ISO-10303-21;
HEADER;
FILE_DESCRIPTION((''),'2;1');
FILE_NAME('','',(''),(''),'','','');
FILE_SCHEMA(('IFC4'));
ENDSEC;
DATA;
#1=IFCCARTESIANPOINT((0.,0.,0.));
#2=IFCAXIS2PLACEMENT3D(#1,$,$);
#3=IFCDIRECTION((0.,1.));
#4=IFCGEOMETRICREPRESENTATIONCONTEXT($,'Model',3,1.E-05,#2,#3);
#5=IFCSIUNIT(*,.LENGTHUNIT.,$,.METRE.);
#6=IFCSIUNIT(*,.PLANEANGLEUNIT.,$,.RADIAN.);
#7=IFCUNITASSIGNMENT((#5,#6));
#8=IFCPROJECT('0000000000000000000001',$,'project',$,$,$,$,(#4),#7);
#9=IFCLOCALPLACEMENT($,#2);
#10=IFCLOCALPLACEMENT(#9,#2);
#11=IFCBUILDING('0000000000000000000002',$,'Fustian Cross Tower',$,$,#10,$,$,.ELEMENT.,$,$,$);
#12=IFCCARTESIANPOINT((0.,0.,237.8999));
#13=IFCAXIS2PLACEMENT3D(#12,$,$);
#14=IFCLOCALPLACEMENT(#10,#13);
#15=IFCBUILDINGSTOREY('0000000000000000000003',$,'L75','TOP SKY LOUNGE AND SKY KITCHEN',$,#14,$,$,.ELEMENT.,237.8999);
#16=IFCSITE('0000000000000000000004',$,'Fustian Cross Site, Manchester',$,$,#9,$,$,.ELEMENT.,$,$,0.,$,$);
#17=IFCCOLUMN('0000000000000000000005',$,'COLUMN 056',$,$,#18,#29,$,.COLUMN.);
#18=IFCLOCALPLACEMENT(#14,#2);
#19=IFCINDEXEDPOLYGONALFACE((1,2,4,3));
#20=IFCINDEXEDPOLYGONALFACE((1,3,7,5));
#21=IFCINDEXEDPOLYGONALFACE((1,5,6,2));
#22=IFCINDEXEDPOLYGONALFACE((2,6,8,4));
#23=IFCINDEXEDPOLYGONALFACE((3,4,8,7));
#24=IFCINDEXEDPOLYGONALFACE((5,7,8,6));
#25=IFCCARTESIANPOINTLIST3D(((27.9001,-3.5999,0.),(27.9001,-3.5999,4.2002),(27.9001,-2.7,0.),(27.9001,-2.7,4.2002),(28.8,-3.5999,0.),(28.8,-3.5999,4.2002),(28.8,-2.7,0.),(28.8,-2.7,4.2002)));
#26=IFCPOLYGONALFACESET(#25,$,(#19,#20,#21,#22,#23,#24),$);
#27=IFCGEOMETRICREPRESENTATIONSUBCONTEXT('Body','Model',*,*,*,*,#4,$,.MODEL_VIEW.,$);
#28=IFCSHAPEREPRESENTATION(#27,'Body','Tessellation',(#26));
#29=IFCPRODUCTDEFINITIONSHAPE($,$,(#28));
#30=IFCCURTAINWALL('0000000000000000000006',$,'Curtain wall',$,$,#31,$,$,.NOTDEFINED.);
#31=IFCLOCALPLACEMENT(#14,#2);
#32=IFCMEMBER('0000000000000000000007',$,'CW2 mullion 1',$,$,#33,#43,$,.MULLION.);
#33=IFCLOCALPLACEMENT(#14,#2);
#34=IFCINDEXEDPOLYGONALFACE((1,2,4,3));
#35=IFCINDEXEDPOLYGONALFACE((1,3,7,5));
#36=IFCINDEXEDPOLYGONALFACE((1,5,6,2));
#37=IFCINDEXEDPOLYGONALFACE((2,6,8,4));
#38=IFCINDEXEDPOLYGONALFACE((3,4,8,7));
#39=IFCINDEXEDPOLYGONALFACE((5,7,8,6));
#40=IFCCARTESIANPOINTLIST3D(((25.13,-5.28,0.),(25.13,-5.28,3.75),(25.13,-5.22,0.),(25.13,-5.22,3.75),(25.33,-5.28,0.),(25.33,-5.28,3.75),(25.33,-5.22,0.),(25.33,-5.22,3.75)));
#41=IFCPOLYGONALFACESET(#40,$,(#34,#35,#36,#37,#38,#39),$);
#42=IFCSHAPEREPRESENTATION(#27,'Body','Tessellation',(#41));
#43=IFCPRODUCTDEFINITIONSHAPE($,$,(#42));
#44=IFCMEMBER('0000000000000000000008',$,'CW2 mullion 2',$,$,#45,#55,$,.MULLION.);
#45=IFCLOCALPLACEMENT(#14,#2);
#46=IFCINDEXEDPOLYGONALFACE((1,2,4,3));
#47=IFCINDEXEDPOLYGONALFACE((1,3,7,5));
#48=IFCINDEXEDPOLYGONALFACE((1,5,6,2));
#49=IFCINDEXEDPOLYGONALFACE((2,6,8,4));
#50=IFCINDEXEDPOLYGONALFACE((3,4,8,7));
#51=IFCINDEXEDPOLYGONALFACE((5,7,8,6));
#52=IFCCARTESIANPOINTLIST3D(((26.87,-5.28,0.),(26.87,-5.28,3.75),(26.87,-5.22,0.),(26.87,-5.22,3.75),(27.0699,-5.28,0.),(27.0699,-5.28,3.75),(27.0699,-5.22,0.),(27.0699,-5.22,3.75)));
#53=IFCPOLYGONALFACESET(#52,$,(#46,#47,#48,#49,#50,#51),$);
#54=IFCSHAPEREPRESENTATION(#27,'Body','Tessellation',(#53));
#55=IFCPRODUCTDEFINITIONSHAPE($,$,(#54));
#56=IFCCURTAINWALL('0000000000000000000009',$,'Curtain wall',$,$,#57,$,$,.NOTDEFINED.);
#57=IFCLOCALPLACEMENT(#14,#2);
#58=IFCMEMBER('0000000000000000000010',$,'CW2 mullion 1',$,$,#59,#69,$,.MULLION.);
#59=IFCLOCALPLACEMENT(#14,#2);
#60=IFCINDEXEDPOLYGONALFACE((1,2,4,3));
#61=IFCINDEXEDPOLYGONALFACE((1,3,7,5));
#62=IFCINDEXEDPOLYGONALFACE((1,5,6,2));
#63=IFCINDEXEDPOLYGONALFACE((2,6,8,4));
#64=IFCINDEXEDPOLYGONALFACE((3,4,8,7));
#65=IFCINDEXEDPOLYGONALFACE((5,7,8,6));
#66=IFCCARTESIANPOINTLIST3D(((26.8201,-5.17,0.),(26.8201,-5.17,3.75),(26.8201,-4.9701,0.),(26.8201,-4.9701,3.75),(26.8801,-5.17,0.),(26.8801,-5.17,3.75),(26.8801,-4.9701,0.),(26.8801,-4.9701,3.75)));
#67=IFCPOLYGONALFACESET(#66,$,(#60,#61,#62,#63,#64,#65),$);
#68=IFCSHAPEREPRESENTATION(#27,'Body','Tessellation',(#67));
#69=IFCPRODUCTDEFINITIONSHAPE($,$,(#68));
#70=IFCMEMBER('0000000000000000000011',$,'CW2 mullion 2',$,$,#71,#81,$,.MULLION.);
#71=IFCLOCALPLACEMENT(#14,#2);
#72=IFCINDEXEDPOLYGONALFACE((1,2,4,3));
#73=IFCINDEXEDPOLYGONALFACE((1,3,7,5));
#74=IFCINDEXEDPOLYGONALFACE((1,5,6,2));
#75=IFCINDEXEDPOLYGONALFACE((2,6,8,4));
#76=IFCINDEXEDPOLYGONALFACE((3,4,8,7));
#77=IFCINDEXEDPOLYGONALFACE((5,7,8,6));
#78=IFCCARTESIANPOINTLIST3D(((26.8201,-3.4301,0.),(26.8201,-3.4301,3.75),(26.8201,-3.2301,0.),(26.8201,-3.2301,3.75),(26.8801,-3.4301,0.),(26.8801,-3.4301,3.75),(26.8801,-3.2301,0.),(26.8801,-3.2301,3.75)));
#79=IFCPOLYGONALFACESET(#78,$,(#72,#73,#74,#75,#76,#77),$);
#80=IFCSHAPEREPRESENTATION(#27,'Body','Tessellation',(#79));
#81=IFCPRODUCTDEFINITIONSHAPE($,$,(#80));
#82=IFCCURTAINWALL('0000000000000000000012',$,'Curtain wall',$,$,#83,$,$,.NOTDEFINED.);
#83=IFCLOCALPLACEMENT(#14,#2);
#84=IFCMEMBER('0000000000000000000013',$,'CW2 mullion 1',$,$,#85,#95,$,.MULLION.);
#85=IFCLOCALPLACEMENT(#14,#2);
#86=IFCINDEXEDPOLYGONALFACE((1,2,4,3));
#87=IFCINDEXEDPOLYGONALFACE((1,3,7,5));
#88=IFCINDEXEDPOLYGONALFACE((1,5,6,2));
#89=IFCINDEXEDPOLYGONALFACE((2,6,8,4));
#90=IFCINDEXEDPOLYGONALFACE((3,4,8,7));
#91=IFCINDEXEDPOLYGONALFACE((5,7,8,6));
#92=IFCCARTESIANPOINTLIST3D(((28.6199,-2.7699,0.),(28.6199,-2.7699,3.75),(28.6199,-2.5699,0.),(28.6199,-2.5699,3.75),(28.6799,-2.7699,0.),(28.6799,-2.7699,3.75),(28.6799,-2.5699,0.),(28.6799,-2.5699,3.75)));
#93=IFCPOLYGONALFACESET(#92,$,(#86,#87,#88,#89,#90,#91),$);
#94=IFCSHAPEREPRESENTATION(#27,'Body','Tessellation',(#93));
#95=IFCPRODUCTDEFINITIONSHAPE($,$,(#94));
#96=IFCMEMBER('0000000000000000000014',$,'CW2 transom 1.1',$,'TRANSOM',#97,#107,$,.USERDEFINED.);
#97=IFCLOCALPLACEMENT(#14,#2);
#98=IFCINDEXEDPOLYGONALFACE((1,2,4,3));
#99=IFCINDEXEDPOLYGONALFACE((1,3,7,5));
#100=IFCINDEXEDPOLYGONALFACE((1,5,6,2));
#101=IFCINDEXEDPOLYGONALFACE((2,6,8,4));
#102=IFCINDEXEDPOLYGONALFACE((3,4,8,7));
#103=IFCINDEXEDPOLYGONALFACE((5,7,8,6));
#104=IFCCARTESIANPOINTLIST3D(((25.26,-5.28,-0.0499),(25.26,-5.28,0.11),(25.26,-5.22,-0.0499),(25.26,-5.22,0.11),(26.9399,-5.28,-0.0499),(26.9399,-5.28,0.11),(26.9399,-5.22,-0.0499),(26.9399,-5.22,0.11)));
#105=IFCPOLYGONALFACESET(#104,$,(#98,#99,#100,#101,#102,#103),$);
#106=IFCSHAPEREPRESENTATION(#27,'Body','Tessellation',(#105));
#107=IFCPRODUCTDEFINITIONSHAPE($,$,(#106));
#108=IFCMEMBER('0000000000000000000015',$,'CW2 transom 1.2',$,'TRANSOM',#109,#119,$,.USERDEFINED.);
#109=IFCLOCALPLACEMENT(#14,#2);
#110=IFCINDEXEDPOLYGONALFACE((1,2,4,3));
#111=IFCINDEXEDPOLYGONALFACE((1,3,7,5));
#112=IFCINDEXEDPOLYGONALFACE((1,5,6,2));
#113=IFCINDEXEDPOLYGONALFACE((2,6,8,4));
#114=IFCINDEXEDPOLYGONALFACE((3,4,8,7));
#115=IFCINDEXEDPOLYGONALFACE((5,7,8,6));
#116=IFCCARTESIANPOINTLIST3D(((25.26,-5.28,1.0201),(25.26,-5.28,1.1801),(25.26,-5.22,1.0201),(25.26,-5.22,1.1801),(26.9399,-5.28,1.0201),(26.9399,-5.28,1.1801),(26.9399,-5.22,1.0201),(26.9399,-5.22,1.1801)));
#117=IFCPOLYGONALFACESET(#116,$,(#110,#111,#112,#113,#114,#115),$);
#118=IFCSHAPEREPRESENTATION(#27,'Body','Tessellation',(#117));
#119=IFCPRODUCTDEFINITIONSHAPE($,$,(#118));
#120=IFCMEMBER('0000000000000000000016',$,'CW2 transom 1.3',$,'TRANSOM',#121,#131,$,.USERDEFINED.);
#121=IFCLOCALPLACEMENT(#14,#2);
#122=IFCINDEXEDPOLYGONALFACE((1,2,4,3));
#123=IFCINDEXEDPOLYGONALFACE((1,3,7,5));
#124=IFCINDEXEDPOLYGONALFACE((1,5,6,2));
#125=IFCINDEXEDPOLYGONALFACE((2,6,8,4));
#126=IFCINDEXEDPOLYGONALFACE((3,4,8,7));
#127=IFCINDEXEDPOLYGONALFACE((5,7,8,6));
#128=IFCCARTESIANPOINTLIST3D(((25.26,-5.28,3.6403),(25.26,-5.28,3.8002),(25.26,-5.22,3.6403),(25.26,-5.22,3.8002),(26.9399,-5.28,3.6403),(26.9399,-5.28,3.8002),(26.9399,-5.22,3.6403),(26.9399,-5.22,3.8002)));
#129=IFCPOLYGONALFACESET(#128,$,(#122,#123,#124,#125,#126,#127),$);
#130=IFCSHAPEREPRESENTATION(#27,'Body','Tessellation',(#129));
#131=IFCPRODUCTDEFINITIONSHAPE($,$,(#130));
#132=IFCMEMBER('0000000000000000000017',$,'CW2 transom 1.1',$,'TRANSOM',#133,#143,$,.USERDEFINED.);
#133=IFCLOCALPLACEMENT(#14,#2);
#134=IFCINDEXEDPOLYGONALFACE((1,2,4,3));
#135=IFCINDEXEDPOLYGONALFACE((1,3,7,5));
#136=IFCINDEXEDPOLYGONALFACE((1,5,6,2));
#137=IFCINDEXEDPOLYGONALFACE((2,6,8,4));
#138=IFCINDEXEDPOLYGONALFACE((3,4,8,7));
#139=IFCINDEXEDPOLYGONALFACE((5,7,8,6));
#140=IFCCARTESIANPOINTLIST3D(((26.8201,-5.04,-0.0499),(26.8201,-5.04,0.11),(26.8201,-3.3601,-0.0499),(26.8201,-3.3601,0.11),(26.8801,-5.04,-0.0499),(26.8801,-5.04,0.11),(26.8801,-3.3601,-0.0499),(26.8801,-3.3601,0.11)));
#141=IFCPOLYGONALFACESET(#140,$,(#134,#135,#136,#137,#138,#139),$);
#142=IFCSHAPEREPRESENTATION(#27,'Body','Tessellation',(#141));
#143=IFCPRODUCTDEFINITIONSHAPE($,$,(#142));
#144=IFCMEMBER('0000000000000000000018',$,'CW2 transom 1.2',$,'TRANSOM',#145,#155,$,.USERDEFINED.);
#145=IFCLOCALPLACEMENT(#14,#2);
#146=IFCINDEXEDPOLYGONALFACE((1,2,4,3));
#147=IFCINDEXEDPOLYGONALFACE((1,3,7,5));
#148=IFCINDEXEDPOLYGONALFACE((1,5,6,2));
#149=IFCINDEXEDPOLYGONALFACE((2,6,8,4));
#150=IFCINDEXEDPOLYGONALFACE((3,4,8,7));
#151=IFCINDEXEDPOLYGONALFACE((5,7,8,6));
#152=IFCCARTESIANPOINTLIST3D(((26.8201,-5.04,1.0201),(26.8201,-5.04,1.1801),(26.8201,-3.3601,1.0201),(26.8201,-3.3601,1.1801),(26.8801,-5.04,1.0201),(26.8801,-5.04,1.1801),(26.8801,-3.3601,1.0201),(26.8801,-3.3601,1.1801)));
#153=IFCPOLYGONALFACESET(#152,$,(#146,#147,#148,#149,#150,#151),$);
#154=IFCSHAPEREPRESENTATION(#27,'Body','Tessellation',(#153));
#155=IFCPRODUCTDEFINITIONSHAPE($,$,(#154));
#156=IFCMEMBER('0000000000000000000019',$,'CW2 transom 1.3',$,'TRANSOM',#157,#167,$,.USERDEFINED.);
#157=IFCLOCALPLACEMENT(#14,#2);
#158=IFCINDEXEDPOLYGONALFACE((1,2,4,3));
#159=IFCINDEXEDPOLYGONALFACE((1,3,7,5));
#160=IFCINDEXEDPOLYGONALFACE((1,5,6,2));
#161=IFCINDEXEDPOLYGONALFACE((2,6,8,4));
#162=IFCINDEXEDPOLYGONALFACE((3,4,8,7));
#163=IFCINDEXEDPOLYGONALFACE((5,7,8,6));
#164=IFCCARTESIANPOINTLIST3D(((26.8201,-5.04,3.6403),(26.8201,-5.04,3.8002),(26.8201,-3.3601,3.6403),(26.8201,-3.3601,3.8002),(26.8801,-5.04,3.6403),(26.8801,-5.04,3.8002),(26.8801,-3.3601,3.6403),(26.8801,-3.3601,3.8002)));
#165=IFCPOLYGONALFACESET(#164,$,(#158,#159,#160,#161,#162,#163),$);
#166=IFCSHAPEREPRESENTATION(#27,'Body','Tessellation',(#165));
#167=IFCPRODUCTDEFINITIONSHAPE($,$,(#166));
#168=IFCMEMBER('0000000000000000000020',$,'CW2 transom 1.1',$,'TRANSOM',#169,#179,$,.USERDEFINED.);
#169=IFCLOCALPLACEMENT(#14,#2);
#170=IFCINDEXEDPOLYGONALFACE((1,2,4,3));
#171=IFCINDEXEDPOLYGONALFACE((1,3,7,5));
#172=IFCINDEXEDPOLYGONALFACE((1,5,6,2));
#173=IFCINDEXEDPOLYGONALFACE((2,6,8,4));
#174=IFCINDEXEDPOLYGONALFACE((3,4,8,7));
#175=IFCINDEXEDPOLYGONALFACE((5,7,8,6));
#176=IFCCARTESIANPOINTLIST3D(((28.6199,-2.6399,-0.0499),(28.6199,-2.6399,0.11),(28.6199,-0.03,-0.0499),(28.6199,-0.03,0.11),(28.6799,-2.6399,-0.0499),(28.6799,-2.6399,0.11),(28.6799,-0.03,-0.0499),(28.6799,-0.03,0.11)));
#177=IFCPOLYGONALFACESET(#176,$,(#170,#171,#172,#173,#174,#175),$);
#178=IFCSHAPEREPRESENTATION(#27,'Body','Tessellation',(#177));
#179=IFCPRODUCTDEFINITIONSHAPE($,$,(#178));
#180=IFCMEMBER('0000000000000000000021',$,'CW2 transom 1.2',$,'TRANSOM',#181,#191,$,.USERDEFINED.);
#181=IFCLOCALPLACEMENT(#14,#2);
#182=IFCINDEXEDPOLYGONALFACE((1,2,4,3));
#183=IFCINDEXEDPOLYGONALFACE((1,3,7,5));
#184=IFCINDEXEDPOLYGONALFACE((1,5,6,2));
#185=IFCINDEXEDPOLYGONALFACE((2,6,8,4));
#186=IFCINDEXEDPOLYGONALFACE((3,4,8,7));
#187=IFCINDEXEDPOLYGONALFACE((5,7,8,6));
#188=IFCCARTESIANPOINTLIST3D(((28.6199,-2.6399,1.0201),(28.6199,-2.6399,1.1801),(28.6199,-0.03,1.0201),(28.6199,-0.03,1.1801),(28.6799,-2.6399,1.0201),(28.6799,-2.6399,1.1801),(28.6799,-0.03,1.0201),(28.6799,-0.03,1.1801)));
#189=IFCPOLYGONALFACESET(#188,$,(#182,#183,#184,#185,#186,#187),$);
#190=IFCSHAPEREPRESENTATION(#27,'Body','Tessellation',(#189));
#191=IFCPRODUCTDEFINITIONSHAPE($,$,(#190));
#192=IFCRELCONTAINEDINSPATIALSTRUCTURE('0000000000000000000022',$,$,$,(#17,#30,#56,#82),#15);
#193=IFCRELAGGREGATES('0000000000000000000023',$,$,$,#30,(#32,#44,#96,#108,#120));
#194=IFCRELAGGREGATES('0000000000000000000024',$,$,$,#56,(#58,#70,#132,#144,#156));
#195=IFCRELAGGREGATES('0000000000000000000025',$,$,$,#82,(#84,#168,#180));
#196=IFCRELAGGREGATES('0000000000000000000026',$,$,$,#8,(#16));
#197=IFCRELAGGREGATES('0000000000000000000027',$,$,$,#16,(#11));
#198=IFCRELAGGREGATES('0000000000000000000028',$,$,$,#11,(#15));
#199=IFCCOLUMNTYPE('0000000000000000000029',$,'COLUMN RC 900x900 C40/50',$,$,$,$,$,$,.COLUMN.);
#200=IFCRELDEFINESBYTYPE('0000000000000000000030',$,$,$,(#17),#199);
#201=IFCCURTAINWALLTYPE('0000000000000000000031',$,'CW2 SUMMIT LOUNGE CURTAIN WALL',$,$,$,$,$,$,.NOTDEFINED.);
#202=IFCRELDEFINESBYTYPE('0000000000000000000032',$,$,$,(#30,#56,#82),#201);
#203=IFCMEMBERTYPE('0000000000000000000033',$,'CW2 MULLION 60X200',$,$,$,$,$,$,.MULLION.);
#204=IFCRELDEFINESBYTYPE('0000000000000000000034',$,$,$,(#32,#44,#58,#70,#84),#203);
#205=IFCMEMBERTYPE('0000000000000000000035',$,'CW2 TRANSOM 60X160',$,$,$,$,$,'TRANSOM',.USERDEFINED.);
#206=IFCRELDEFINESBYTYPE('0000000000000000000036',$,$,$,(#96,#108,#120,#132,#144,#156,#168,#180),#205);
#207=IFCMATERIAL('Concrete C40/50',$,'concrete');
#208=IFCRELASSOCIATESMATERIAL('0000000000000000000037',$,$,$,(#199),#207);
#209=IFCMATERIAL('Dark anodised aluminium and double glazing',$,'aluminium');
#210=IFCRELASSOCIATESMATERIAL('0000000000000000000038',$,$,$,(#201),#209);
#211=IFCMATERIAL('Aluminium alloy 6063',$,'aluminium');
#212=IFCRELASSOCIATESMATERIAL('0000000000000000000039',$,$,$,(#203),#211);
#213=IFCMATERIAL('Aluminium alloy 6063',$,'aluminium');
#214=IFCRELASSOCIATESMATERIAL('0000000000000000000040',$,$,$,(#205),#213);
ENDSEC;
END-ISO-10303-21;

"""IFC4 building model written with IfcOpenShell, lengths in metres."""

from ifc_helpers import new_model, si_unit, direction, frame, origin, origin_2d, place, context, subcontext, project, spatial, rectangle, extrude, material, material_profile, profile_set, type_object, element, aggregate, save


model = new_model("IFC4")

# Units and contexts
model_context = context("Model", 3, precision=1e-05, world=origin(), true_north=direction((0.0, 1.0)))
body_context = subcontext(model_context, "Body", "Model", "MODEL_VIEW")
ifc_project = project(units=[si_unit("LENGTHUNIT", "METRE"), si_unit("PLANEANGLEUNIT", "RADIAN")], contexts=[model_context])

# Site, building, storey
site_placement = place(None, origin())
site = spatial("IfcSite", under=ifc_project, at=site_placement, Name="Fustian Cross Site, Manchester", CompositionType="ELEMENT", RefElevation=0.0)
building_placement = place(site_placement, origin())
building = spatial("IfcBuilding", under=site, at=building_placement, Name="Fustian Cross Tower", CompositionType="ELEMENT")
storey_placement = place(building_placement, frame((0.0, 0.0, 237.8999)))
storey = spatial("IfcBuildingStorey", under=building, at=storey_placement, Name="L75", Description="TOP SKY LOUNGE AND SKY KITCHEN", CompositionType="ELEMENT", Elevation=237.8999)

# Column
ifc_material_1 = material(Name="Concrete C40/50", Category="concrete")
ifc_material_profile_1 = material_profile(ifc_material_1, rectangle(XDim=0.8999, YDim=0.8999, at=origin_2d()), Name="RC 900x900")
ifc_profile_set_1 = profile_set([ifc_material_profile_1], Name="Concrete C40/50")
column_type = type_object("IfcColumnType", Name="COLUMN RC 900x900 C40/50", PredefinedType="COLUMN", material=ifc_profile_set_1)
column_placement = place(storey_placement, frame((28.3501, -3.1499, 0.0), z_axis=(0.0, 0.0, 1.0), x_axis=(1.0, 0.0, 0.0)))
element("IfcColumn", 1, at=column_placement, inside=storey, type_object=column_type, Name="COLUMN 056", PredefinedType="COLUMN", context=body_context, shape_type="SweptSolid", body=[
    extrude(rectangle(XDim=0.8999, YDim=0.8999, at=origin_2d()), origin(), (0.0, 0.0, 1.0), 4.2002),
])

# Curtain walls, members
ifc_material_2 = material(Name="Dark anodised aluminium and double glazing", Category="aluminium")
curtain_wall_type = type_object("IfcCurtainWallType", Name="CW2 SUMMIT LOUNGE CURTAIN WALL", PredefinedType="NOTDEFINED", material=ifc_material_2)
curtain_wall_1_placement = place(storey_placement, origin())
curtain_wall_1 = element("IfcCurtainWall", 2, at=curtain_wall_1_placement, inside=storey, type_object=curtain_wall_type, Name="Curtain wall", PredefinedType="NOTDEFINED")
ifc_material_3 = material(Name="Aluminium alloy 6063", Category="aluminium")
ifc_material_profile_2 = material_profile(ifc_material_3, rectangle(XDim=0.0601, YDim=0.2, at=origin_2d()), Name="CW2 MULLION 60X200")
ifc_profile_set_2 = profile_set([ifc_material_profile_2], Name="Aluminium alloy 6063")
member_type_1 = type_object("IfcMemberType", Name="CW2 MULLION 60X200", PredefinedType="MULLION", material=ifc_profile_set_2)
member_1_placement = place(storey_placement, frame((25.23, -5.25, 0.0), z_axis=(0.0, 0.0, 1.0), x_axis=(0.0, 1.0, 0.0)))
member_1 = element("IfcMember", 3, at=member_1_placement, type_object=member_type_1, Name="CW2 mullion 1", PredefinedType="MULLION", context=body_context, shape_type="SweptSolid", body=[
    extrude(rectangle(XDim=0.0601, YDim=0.2, at=origin_2d()), origin(), (0.0, 0.0, 1.0), 3.75),
])
member_2_placement = place(storey_placement, frame((26.97, -5.25, 0.0), z_axis=(0.0, 0.0, 1.0), x_axis=(0.0, 1.0, 0.0)))
member_2 = element("IfcMember", 4, at=member_2_placement, type_object=member_type_1, Name="CW2 mullion 2", PredefinedType="MULLION", context=body_context, shape_type="SweptSolid", body=[
    extrude(rectangle(XDim=0.0601, YDim=0.2, at=origin_2d()), origin(), (0.0, 0.0, 1.0), 3.75),
])
curtain_wall_2_placement = place(storey_placement, origin())
curtain_wall_2 = element("IfcCurtainWall", 5, at=curtain_wall_2_placement, inside=storey, type_object=curtain_wall_type, Name="Curtain wall", PredefinedType="NOTDEFINED")
member_3_placement = place(storey_placement, frame((26.8501, -5.0701, 0.0), z_axis=(0.0, 0.0, 1.0), x_axis=(-1.0, 0.0, 0.0)))
member_3 = element("IfcMember", 6, at=member_3_placement, type_object=member_type_1, Name="CW2 mullion 1", PredefinedType="MULLION", context=body_context, shape_type="SweptSolid", body=[
    extrude(rectangle(XDim=0.0601, YDim=0.2, at=origin_2d()), origin(), (0.0, 0.0, 1.0), 3.75),
])
member_4_placement = place(storey_placement, frame((26.8501, -3.3301, 0.0), z_axis=(0.0, 0.0, 1.0), x_axis=(-1.0, 0.0, 0.0)))
member_4 = element("IfcMember", 7, at=member_4_placement, type_object=member_type_1, Name="CW2 mullion 2", PredefinedType="MULLION", context=body_context, shape_type="SweptSolid", body=[
    extrude(rectangle(XDim=0.0601, YDim=0.2, at=origin_2d()), origin(), (0.0, 0.0, 1.0), 3.75),
])

# Curtain wall, member
curtain_wall_3_placement = place(storey_placement, origin())
curtain_wall_3 = element("IfcCurtainWall", 8, at=curtain_wall_3_placement, inside=storey, type_object=curtain_wall_type, Name="Curtain wall", PredefinedType="NOTDEFINED")
member_5_placement = place(storey_placement, frame((28.6499, -2.6699, 0.0), z_axis=(0.0, 0.0, 1.0), x_axis=(-1.0, 0.0, 0.0)))
member_5 = element("IfcMember", 9, at=member_5_placement, type_object=member_type_1, Name="CW2 mullion 1", PredefinedType="MULLION", context=body_context, shape_type="SweptSolid", body=[
    extrude(rectangle(XDim=0.0601, YDim=0.2, at=origin_2d()), origin(), (0.0, 0.0, 1.0), 3.75),
])

# Members
ifc_material_4 = material(Name="Aluminium alloy 6063", Category="aluminium")
ifc_material_profile_3 = material_profile(ifc_material_4, rectangle(XDim=0.0601, YDim=0.1599, at=origin_2d()), Name="CW2 TRANSOM 60X160")
ifc_profile_set_3 = profile_set([ifc_material_profile_3], Name="Aluminium alloy 6063")
member_type_2 = type_object("IfcMemberType", Name="CW2 TRANSOM 60X160", ElementType="TRANSOM", PredefinedType="USERDEFINED", material=ifc_profile_set_3)
member_6_placement = place(storey_placement, frame((25.26, -5.25, 0.03), z_axis=(1.0, 0.0, 0.0), x_axis=(0.0, 1.0, 0.0)))
member_6 = element("IfcMember", 10, at=member_6_placement, type_object=member_type_2, Name="CW2 transom 1.1", ObjectType="TRANSOM", PredefinedType="USERDEFINED", context=body_context, shape_type="SweptSolid", body=[
    extrude(rectangle(XDim=0.0601, YDim=0.1599, at=origin_2d()), origin(), (0.0, 0.0, 1.0), 1.6799),
])
member_7_placement = place(storey_placement, frame((25.26, -5.25, 1.1001), z_axis=(1.0, 0.0, 0.0), x_axis=(0.0, 1.0, 0.0)))
member_7 = element("IfcMember", 11, at=member_7_placement, type_object=member_type_2, Name="CW2 transom 1.2", ObjectType="TRANSOM", PredefinedType="USERDEFINED", context=body_context, shape_type="SweptSolid", body=[
    extrude(rectangle(XDim=0.0601, YDim=0.1599, at=origin_2d()), origin(), (0.0, 0.0, 1.0), 1.6799),
])
member_8_placement = place(storey_placement, frame((25.26, -5.25, 3.7202), z_axis=(1.0, 0.0, 0.0), x_axis=(0.0, 1.0, 0.0)))
member_8 = element("IfcMember", 12, at=member_8_placement, type_object=member_type_2, Name="CW2 transom 1.3", ObjectType="TRANSOM", PredefinedType="USERDEFINED", context=body_context, shape_type="SweptSolid", body=[
    extrude(rectangle(XDim=0.0601, YDim=0.1599, at=origin_2d()), origin(), (0.0, 0.0, 1.0), 1.6799),
])
member_9_placement = place(storey_placement, frame((26.8501, -5.04, 0.03), z_axis=(0.0, 1.0, 0.0), x_axis=(-1.0, 0.0, 0.0)))
member_9 = element("IfcMember", 13, at=member_9_placement, type_object=member_type_2, Name="CW2 transom 1.1", ObjectType="TRANSOM", PredefinedType="USERDEFINED", context=body_context, shape_type="SweptSolid", body=[
    extrude(rectangle(XDim=0.0601, YDim=0.1599, at=origin_2d()), origin(), (0.0, 0.0, 1.0), 1.6799),
])
member_10_placement = place(storey_placement, frame((26.8501, -5.04, 1.1001), z_axis=(0.0, 1.0, 0.0), x_axis=(-1.0, 0.0, 0.0)))
member_10 = element("IfcMember", 14, at=member_10_placement, type_object=member_type_2, Name="CW2 transom 1.2", ObjectType="TRANSOM", PredefinedType="USERDEFINED", context=body_context, shape_type="SweptSolid", body=[
    extrude(rectangle(XDim=0.0601, YDim=0.1599, at=origin_2d()), origin(), (0.0, 0.0, 1.0), 1.6799),
])
member_11_placement = place(storey_placement, frame((26.8501, -5.04, 3.7202), z_axis=(0.0, 1.0, 0.0), x_axis=(-1.0, 0.0, 0.0)))
member_11 = element("IfcMember", 15, at=member_11_placement, type_object=member_type_2, Name="CW2 transom 1.3", ObjectType="TRANSOM", PredefinedType="USERDEFINED", context=body_context, shape_type="SweptSolid", body=[
    extrude(rectangle(XDim=0.0601, YDim=0.1599, at=origin_2d()), origin(), (0.0, 0.0, 1.0), 1.6799),
])
member_12_placement = place(storey_placement, frame((28.6499, -2.6399, 0.03), z_axis=(0.0, 1.0, 0.0), x_axis=(-1.0, 0.0, 0.0)))
member_12 = element("IfcMember", 16, at=member_12_placement, type_object=member_type_2, Name="CW2 transom 1.1", ObjectType="TRANSOM", PredefinedType="USERDEFINED", context=body_context, shape_type="SweptSolid", body=[
    extrude(rectangle(XDim=0.0601, YDim=0.1599, at=origin_2d()), origin(), (0.0, 0.0, 1.0), 2.6099),
])
member_13_placement = place(storey_placement, frame((28.6499, -2.6399, 1.1001), z_axis=(0.0, 1.0, 0.0), x_axis=(-1.0, 0.0, 0.0)))
member_13 = element("IfcMember", 17, at=member_13_placement, type_object=member_type_2, Name="CW2 transom 1.2", ObjectType="TRANSOM", PredefinedType="USERDEFINED", context=body_context, shape_type="SweptSolid", body=[
    extrude(rectangle(XDim=0.0601, YDim=0.1599, at=origin_2d()), origin(), (0.0, 0.0, 1.0), 2.6099),
])

aggregate(curtain_wall_1, [member_1, member_2, member_6, member_7, member_8])
aggregate(curtain_wall_2, [member_3, member_4, member_9, member_10, member_11])
aggregate(curtain_wall_3, [member_5, member_12, member_13])

save(model, "model.ifc")
